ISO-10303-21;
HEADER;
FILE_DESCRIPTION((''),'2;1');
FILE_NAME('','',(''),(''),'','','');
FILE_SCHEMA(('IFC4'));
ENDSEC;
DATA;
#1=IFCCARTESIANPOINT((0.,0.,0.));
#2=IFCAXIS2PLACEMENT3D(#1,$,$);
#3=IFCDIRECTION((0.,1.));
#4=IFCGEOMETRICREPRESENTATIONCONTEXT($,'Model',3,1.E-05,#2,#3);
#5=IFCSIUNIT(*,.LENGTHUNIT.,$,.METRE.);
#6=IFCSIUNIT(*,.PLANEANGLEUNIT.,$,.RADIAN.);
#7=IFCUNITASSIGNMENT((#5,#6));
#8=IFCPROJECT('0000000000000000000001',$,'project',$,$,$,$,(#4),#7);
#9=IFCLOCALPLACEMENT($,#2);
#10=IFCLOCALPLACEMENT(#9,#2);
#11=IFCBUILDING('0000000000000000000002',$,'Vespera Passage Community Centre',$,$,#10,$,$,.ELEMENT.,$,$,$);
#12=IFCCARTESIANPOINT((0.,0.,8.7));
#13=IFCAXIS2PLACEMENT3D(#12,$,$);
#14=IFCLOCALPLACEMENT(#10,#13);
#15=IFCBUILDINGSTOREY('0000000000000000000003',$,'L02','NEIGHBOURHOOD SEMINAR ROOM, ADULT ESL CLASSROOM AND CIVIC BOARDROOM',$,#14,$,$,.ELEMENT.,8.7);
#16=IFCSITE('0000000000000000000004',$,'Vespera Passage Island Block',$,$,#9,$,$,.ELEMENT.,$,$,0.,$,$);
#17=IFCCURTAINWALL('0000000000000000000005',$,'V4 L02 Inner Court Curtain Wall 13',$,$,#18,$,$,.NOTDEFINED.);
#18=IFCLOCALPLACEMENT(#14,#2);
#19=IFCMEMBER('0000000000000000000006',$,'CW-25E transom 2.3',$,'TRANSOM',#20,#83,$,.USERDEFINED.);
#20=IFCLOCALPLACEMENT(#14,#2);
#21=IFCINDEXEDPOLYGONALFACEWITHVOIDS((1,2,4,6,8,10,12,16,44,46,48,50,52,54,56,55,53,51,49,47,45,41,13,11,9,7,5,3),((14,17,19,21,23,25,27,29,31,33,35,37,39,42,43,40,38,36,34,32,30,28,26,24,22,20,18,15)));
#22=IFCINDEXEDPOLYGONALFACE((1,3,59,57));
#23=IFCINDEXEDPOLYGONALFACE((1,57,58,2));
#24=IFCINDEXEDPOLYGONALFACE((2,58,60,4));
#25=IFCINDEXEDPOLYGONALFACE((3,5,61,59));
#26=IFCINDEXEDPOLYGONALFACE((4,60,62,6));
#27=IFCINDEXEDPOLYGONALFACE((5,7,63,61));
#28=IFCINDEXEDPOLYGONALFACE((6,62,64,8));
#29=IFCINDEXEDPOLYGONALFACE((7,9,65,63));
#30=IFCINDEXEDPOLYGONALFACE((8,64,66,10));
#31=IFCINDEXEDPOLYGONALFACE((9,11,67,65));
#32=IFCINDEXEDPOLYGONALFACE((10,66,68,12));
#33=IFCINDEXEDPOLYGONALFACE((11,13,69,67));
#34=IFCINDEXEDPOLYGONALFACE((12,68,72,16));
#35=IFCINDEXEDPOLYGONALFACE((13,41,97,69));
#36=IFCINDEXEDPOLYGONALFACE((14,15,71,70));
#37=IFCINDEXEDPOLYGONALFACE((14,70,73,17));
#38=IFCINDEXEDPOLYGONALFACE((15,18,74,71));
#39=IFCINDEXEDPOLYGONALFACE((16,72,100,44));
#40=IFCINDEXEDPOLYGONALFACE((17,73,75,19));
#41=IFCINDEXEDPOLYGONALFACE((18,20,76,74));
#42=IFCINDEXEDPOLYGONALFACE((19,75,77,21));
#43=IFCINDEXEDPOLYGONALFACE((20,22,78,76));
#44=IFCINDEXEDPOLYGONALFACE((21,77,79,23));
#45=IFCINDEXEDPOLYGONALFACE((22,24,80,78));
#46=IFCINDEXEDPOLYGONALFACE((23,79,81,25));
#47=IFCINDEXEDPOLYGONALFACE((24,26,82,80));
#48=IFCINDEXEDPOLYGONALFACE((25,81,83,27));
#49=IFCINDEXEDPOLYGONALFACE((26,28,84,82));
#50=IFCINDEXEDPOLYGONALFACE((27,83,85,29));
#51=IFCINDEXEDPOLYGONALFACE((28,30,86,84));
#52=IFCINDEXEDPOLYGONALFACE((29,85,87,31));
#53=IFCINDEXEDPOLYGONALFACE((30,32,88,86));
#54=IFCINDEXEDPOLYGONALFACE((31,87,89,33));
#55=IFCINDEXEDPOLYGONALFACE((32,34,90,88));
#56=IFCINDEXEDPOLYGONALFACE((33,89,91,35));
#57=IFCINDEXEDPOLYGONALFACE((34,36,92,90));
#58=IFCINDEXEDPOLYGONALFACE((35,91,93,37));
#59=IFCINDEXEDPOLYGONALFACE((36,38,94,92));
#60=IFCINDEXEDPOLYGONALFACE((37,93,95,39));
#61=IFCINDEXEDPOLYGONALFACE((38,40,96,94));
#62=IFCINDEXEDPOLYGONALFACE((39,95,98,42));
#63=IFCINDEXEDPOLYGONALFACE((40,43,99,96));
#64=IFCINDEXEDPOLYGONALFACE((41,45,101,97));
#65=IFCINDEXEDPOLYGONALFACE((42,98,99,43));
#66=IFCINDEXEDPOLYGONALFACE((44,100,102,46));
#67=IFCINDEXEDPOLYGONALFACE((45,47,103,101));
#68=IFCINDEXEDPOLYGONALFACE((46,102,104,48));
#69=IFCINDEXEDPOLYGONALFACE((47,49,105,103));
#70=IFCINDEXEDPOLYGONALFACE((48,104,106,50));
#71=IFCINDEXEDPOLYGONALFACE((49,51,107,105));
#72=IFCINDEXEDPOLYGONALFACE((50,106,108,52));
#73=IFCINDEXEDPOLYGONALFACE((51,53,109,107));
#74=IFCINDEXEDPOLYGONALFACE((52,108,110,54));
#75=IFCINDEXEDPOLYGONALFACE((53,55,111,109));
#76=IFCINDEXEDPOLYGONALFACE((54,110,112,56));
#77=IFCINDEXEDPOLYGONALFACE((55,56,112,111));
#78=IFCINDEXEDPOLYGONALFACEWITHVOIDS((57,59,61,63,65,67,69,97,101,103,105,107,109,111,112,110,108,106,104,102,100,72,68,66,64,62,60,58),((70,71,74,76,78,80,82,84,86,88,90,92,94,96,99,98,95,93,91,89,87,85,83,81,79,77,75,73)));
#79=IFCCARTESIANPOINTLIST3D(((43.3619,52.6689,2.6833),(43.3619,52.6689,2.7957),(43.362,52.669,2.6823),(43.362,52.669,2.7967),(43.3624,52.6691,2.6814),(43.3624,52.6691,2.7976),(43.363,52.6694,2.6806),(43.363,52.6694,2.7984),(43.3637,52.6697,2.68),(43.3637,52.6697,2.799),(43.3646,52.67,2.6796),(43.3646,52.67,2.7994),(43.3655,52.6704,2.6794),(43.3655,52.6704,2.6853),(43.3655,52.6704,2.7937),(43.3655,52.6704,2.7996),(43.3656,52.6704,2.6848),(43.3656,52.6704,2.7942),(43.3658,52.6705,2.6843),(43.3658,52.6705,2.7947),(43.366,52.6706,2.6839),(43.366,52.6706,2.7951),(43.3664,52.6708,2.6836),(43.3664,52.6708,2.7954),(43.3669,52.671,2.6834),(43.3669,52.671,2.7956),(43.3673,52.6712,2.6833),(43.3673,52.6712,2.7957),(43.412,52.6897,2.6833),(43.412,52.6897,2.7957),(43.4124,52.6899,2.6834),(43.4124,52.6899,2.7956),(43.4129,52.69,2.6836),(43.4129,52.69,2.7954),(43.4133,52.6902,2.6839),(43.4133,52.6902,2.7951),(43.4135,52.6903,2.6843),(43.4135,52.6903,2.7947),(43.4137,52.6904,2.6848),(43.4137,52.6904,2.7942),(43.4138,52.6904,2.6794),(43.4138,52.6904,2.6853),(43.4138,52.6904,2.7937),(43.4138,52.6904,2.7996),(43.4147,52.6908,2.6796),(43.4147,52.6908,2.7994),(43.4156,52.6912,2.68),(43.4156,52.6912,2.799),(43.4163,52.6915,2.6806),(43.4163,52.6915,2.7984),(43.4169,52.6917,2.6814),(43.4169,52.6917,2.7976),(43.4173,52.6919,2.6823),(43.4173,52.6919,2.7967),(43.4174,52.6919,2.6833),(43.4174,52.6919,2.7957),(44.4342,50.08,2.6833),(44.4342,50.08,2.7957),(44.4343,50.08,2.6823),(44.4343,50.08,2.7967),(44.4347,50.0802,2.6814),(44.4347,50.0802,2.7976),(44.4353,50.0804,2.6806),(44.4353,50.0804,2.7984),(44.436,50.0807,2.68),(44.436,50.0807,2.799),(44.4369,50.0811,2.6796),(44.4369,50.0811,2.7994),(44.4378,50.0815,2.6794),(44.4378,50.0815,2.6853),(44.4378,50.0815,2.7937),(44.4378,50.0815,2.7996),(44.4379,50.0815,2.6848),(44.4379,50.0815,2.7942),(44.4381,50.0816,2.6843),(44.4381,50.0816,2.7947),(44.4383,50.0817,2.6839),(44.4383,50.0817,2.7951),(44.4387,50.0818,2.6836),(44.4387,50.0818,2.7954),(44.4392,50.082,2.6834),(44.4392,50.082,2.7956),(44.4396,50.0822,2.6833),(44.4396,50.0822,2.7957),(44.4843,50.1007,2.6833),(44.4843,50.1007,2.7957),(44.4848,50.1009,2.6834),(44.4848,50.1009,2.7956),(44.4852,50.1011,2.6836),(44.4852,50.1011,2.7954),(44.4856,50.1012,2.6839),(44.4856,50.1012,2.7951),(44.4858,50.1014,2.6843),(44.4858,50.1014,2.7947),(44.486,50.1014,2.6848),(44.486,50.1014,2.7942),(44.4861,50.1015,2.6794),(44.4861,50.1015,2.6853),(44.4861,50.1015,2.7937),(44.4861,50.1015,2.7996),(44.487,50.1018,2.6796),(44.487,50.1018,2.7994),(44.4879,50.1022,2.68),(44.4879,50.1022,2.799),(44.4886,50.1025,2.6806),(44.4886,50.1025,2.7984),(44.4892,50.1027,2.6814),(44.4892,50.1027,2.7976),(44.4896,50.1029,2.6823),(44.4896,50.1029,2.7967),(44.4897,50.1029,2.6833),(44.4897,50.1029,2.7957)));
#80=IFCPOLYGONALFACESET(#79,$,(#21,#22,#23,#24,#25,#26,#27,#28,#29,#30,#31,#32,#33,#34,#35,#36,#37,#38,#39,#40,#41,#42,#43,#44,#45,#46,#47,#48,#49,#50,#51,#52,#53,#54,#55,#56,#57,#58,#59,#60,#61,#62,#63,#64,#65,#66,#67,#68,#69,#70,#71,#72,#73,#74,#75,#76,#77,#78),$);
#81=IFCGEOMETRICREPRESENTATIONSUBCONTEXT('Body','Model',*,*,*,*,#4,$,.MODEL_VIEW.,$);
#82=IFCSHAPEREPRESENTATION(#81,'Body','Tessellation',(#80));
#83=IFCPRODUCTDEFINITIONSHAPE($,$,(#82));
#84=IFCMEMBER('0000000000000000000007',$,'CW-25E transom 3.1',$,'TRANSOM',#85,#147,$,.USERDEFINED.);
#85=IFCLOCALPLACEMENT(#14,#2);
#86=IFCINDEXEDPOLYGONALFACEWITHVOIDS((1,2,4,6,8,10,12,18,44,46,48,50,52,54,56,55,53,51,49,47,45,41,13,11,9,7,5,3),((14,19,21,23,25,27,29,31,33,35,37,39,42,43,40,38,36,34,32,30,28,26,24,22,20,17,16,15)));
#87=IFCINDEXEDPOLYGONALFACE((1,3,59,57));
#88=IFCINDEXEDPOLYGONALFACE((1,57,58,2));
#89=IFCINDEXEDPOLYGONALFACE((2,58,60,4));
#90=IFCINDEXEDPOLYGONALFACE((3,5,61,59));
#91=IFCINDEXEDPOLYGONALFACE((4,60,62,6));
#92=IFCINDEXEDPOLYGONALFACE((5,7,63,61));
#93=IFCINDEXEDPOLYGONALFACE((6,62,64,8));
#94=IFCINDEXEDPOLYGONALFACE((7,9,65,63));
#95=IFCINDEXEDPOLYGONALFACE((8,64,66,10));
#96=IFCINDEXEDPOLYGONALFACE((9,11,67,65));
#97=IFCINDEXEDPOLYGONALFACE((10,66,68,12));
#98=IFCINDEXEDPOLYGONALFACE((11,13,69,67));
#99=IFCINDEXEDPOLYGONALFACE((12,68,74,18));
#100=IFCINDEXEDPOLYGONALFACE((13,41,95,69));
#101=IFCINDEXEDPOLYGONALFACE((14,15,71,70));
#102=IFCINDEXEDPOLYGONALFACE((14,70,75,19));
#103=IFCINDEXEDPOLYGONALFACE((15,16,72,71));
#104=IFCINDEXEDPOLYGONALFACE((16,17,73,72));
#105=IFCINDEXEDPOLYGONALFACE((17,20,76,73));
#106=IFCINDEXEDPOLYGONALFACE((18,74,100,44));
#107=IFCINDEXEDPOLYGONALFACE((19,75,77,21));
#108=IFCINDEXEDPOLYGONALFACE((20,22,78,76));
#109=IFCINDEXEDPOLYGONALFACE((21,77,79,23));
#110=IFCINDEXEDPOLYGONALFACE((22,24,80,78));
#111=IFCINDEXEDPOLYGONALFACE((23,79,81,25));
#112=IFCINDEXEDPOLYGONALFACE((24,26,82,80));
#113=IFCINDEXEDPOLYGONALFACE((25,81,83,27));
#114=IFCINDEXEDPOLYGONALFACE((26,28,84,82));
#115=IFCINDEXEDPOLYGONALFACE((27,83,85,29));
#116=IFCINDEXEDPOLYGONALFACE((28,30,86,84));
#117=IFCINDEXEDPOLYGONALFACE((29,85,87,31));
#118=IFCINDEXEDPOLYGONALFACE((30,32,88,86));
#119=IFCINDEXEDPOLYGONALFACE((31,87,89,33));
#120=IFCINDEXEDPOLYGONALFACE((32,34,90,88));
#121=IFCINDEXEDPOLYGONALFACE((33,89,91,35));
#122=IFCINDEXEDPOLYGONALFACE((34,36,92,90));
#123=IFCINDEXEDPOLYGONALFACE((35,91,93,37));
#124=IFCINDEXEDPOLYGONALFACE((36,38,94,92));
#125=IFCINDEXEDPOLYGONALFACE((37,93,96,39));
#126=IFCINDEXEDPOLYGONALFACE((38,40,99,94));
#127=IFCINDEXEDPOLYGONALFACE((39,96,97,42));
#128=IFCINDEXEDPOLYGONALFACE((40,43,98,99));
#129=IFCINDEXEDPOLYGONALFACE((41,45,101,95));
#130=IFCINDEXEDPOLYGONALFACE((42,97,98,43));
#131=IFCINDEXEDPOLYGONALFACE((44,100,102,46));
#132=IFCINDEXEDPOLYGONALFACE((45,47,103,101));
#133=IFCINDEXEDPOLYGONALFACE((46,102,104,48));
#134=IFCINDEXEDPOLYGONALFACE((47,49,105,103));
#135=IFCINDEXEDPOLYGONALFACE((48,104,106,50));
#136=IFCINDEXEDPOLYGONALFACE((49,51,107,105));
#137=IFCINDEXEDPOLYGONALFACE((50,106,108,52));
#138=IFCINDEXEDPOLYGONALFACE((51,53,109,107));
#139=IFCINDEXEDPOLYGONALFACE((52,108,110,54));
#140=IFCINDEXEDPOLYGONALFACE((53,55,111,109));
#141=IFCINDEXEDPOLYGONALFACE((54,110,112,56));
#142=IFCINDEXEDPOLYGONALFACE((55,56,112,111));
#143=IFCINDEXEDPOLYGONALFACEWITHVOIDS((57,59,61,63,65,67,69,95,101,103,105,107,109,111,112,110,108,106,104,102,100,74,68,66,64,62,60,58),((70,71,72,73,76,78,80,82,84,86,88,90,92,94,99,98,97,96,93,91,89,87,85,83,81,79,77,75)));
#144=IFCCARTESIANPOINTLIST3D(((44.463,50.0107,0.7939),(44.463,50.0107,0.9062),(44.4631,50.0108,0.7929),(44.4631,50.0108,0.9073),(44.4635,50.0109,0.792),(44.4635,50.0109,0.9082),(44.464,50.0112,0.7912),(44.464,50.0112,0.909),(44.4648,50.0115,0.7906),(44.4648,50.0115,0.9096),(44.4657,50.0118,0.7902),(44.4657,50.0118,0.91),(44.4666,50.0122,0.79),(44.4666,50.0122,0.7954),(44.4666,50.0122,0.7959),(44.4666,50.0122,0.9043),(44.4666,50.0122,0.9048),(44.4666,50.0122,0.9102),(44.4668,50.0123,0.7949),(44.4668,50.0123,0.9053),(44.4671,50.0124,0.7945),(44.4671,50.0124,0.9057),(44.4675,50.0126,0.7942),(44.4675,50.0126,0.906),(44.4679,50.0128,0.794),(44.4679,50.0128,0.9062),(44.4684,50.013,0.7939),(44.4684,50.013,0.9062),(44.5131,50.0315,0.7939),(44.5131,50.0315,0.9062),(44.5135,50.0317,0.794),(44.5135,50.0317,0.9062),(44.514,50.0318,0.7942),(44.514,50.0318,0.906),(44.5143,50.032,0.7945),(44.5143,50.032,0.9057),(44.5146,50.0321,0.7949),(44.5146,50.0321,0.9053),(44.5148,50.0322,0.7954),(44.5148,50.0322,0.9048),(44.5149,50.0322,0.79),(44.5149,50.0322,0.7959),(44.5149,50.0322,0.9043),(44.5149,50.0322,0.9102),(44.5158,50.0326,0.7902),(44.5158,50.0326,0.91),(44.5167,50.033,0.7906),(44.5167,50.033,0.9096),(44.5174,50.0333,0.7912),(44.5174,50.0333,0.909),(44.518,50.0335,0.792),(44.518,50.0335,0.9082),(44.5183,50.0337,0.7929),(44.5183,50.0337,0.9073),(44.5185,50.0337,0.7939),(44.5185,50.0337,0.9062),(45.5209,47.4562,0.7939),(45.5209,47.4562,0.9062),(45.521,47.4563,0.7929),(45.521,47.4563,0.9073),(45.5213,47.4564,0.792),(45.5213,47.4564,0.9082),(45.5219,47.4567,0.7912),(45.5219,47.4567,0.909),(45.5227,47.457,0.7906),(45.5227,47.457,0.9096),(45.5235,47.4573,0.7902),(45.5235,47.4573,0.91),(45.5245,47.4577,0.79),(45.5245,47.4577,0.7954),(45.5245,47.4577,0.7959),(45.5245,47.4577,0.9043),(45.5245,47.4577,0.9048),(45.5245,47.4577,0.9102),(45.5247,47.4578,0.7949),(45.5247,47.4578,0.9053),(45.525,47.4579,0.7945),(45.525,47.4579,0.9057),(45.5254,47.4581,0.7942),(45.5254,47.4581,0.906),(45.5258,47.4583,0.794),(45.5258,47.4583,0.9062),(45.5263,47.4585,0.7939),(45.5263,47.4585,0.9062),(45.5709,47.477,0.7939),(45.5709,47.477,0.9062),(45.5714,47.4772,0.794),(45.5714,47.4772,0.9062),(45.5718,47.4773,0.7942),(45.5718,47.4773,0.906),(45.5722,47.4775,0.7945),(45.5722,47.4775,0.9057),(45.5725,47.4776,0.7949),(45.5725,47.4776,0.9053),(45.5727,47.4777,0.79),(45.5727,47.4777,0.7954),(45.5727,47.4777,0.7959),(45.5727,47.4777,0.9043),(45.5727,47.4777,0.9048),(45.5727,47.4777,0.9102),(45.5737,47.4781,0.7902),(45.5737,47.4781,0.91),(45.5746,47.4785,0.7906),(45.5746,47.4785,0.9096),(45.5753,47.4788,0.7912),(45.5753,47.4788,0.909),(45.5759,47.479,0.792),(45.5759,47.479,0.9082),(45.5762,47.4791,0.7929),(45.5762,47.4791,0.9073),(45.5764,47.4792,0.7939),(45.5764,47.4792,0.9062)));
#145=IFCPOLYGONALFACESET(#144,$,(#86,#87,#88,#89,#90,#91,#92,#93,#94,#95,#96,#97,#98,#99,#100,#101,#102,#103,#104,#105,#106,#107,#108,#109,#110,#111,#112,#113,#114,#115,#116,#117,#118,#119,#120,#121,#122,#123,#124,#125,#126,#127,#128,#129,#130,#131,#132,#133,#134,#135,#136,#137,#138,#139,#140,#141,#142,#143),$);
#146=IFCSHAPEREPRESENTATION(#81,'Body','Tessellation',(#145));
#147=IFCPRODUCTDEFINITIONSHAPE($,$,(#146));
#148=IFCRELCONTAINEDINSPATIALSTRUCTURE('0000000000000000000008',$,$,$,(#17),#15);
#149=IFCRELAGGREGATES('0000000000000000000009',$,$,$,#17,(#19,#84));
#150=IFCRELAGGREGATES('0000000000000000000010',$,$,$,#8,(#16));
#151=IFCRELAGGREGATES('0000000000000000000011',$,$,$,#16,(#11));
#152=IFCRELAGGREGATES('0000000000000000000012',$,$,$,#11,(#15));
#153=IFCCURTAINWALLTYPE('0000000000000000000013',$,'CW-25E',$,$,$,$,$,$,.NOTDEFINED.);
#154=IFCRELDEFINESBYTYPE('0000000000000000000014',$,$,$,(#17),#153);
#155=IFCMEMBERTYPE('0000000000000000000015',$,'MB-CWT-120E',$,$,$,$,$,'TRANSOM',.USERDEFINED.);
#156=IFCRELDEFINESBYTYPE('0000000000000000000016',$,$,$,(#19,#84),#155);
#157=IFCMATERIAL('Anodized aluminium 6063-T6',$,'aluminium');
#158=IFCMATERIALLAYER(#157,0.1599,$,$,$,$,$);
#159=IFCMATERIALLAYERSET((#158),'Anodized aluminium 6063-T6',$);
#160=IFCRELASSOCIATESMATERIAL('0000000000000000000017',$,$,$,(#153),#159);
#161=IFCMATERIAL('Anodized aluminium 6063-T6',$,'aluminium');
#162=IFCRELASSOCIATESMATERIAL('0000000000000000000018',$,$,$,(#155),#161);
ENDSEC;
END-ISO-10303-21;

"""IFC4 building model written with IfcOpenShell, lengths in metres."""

from ifc_helpers import new_model, si_unit, direction, frame, origin, origin_2d, place, context, subcontext, project, spatial, hollow_rectangle, extrude, material, layer, layer_set, material_profile, profile_set, type_object, element, aggregate, save


model = new_model("IFC4")

# Units and contexts
model_context = context("Model", 3, precision=1e-05, world=origin(), true_north=direction((0.0, 1.0)))
body_context = subcontext(model_context, "Body", "Model", "MODEL_VIEW")
ifc_project = project(units=[si_unit("LENGTHUNIT", "METRE"), si_unit("PLANEANGLEUNIT", "RADIAN")], contexts=[model_context])

# Site, building, storey
site_placement = place(None, origin())
site = spatial("IfcSite", under=ifc_project, at=site_placement, Name="Vespera Passage Island Block", CompositionType="ELEMENT", RefElevation=0.0)
building_placement = place(site_placement, origin())
building = spatial("IfcBuilding", under=site, at=building_placement, Name="Vespera Passage Community Centre", CompositionType="ELEMENT")
storey_placement = place(building_placement, frame((0.0, 0.0, 8.7)))
storey = spatial("IfcBuildingStorey", under=building, at=storey_placement, Name="L02", Description="NEIGHBOURHOOD SEMINAR ROOM, ADULT ESL CLASSROOM AND CIVIC BOARDROOM", CompositionType="ELEMENT", Elevation=8.7)

# Curtain wall
ifc_material_1 = material(Name="Anodized aluminium 6063-T6", Category="aluminium")
ifc_layer_1 = layer(ifc_material_1, 0.1599)
ifc_layer_set_1 = layer_set([ifc_layer_1], Name="Anodized aluminium 6063-T6")
curtain_wall_type_1 = type_object("IfcCurtainWallType", Name="CW-25E", PredefinedType="NOTDEFINED", material=ifc_layer_set_1)
curtain_wall_1_placement = place(storey_placement, origin())
curtain_wall_1 = element("IfcCurtainWall", 1, at=curtain_wall_1_placement, inside=storey, type_object=curtain_wall_type_1, Name="V4 L02 Inner Court Curtain Wall 13", PredefinedType="NOTDEFINED")

# Members
ifc_material_2 = material(Name="Anodized aluminium 6063-T6", Category="aluminium")
ifc_material_profile_1 = material_profile(ifc_material_2, hollow_rectangle(XDim=0.0601, YDim=0.1201, WallThickness=0.0039, InnerFilletRadius=0.002, OuterFilletRadius=0.0039, at=origin_2d()), Name="ALU120X60X4")
ifc_profile_set_1 = profile_set([ifc_material_profile_1], Name="Anodized aluminium 6063-T6")
member_type_1 = type_object("IfcMemberType", Name="MB-CWT-120E", ElementType="TRANSOM", PredefinedType="USERDEFINED", material=ifc_profile_set_1)
member_1_placement = place(storey_placement, frame((43.3896, 52.6804, 2.7395), z_axis=(0.38266, -0.923889, 0.0), x_axis=(0.923889, 0.38266, 0.0)))
member_1 = element("IfcMember", 2, at=member_1_placement, type_object=member_type_1, Name="CW-25E transom 2.3", ObjectType="TRANSOM", PredefinedType="USERDEFINED", context=body_context, shape_type="SweptSolid", body=[
    extrude(hollow_rectangle(XDim=0.0601, YDim=0.1201, WallThickness=0.0039, InnerFilletRadius=0.002, OuterFilletRadius=0.0039, at=origin_2d()), origin(), (0.0, 0.0, 1.0), 2.8022),
])
member_2_placement = place(storey_placement, frame((44.4907, 50.0222, 0.8501), z_axis=(0.382614, -0.923908, 0.0), x_axis=(0.923908, 0.382614, 0.0)))
member_2 = element("IfcMember", 3, at=member_2_placement, type_object=member_type_1, Name="CW-25E transom 3.1", ObjectType="TRANSOM", PredefinedType="USERDEFINED", context=body_context, shape_type="SweptSolid", body=[
    extrude(hollow_rectangle(XDim=0.0601, YDim=0.1201, WallThickness=0.0039, InnerFilletRadius=0.002, OuterFilletRadius=0.0039, at=origin_2d()), origin(), (0.0, 0.0, 1.0), 2.7649),
])

aggregate(curtain_wall_1, [member_1, member_2])

save(model, "model.ifc")
